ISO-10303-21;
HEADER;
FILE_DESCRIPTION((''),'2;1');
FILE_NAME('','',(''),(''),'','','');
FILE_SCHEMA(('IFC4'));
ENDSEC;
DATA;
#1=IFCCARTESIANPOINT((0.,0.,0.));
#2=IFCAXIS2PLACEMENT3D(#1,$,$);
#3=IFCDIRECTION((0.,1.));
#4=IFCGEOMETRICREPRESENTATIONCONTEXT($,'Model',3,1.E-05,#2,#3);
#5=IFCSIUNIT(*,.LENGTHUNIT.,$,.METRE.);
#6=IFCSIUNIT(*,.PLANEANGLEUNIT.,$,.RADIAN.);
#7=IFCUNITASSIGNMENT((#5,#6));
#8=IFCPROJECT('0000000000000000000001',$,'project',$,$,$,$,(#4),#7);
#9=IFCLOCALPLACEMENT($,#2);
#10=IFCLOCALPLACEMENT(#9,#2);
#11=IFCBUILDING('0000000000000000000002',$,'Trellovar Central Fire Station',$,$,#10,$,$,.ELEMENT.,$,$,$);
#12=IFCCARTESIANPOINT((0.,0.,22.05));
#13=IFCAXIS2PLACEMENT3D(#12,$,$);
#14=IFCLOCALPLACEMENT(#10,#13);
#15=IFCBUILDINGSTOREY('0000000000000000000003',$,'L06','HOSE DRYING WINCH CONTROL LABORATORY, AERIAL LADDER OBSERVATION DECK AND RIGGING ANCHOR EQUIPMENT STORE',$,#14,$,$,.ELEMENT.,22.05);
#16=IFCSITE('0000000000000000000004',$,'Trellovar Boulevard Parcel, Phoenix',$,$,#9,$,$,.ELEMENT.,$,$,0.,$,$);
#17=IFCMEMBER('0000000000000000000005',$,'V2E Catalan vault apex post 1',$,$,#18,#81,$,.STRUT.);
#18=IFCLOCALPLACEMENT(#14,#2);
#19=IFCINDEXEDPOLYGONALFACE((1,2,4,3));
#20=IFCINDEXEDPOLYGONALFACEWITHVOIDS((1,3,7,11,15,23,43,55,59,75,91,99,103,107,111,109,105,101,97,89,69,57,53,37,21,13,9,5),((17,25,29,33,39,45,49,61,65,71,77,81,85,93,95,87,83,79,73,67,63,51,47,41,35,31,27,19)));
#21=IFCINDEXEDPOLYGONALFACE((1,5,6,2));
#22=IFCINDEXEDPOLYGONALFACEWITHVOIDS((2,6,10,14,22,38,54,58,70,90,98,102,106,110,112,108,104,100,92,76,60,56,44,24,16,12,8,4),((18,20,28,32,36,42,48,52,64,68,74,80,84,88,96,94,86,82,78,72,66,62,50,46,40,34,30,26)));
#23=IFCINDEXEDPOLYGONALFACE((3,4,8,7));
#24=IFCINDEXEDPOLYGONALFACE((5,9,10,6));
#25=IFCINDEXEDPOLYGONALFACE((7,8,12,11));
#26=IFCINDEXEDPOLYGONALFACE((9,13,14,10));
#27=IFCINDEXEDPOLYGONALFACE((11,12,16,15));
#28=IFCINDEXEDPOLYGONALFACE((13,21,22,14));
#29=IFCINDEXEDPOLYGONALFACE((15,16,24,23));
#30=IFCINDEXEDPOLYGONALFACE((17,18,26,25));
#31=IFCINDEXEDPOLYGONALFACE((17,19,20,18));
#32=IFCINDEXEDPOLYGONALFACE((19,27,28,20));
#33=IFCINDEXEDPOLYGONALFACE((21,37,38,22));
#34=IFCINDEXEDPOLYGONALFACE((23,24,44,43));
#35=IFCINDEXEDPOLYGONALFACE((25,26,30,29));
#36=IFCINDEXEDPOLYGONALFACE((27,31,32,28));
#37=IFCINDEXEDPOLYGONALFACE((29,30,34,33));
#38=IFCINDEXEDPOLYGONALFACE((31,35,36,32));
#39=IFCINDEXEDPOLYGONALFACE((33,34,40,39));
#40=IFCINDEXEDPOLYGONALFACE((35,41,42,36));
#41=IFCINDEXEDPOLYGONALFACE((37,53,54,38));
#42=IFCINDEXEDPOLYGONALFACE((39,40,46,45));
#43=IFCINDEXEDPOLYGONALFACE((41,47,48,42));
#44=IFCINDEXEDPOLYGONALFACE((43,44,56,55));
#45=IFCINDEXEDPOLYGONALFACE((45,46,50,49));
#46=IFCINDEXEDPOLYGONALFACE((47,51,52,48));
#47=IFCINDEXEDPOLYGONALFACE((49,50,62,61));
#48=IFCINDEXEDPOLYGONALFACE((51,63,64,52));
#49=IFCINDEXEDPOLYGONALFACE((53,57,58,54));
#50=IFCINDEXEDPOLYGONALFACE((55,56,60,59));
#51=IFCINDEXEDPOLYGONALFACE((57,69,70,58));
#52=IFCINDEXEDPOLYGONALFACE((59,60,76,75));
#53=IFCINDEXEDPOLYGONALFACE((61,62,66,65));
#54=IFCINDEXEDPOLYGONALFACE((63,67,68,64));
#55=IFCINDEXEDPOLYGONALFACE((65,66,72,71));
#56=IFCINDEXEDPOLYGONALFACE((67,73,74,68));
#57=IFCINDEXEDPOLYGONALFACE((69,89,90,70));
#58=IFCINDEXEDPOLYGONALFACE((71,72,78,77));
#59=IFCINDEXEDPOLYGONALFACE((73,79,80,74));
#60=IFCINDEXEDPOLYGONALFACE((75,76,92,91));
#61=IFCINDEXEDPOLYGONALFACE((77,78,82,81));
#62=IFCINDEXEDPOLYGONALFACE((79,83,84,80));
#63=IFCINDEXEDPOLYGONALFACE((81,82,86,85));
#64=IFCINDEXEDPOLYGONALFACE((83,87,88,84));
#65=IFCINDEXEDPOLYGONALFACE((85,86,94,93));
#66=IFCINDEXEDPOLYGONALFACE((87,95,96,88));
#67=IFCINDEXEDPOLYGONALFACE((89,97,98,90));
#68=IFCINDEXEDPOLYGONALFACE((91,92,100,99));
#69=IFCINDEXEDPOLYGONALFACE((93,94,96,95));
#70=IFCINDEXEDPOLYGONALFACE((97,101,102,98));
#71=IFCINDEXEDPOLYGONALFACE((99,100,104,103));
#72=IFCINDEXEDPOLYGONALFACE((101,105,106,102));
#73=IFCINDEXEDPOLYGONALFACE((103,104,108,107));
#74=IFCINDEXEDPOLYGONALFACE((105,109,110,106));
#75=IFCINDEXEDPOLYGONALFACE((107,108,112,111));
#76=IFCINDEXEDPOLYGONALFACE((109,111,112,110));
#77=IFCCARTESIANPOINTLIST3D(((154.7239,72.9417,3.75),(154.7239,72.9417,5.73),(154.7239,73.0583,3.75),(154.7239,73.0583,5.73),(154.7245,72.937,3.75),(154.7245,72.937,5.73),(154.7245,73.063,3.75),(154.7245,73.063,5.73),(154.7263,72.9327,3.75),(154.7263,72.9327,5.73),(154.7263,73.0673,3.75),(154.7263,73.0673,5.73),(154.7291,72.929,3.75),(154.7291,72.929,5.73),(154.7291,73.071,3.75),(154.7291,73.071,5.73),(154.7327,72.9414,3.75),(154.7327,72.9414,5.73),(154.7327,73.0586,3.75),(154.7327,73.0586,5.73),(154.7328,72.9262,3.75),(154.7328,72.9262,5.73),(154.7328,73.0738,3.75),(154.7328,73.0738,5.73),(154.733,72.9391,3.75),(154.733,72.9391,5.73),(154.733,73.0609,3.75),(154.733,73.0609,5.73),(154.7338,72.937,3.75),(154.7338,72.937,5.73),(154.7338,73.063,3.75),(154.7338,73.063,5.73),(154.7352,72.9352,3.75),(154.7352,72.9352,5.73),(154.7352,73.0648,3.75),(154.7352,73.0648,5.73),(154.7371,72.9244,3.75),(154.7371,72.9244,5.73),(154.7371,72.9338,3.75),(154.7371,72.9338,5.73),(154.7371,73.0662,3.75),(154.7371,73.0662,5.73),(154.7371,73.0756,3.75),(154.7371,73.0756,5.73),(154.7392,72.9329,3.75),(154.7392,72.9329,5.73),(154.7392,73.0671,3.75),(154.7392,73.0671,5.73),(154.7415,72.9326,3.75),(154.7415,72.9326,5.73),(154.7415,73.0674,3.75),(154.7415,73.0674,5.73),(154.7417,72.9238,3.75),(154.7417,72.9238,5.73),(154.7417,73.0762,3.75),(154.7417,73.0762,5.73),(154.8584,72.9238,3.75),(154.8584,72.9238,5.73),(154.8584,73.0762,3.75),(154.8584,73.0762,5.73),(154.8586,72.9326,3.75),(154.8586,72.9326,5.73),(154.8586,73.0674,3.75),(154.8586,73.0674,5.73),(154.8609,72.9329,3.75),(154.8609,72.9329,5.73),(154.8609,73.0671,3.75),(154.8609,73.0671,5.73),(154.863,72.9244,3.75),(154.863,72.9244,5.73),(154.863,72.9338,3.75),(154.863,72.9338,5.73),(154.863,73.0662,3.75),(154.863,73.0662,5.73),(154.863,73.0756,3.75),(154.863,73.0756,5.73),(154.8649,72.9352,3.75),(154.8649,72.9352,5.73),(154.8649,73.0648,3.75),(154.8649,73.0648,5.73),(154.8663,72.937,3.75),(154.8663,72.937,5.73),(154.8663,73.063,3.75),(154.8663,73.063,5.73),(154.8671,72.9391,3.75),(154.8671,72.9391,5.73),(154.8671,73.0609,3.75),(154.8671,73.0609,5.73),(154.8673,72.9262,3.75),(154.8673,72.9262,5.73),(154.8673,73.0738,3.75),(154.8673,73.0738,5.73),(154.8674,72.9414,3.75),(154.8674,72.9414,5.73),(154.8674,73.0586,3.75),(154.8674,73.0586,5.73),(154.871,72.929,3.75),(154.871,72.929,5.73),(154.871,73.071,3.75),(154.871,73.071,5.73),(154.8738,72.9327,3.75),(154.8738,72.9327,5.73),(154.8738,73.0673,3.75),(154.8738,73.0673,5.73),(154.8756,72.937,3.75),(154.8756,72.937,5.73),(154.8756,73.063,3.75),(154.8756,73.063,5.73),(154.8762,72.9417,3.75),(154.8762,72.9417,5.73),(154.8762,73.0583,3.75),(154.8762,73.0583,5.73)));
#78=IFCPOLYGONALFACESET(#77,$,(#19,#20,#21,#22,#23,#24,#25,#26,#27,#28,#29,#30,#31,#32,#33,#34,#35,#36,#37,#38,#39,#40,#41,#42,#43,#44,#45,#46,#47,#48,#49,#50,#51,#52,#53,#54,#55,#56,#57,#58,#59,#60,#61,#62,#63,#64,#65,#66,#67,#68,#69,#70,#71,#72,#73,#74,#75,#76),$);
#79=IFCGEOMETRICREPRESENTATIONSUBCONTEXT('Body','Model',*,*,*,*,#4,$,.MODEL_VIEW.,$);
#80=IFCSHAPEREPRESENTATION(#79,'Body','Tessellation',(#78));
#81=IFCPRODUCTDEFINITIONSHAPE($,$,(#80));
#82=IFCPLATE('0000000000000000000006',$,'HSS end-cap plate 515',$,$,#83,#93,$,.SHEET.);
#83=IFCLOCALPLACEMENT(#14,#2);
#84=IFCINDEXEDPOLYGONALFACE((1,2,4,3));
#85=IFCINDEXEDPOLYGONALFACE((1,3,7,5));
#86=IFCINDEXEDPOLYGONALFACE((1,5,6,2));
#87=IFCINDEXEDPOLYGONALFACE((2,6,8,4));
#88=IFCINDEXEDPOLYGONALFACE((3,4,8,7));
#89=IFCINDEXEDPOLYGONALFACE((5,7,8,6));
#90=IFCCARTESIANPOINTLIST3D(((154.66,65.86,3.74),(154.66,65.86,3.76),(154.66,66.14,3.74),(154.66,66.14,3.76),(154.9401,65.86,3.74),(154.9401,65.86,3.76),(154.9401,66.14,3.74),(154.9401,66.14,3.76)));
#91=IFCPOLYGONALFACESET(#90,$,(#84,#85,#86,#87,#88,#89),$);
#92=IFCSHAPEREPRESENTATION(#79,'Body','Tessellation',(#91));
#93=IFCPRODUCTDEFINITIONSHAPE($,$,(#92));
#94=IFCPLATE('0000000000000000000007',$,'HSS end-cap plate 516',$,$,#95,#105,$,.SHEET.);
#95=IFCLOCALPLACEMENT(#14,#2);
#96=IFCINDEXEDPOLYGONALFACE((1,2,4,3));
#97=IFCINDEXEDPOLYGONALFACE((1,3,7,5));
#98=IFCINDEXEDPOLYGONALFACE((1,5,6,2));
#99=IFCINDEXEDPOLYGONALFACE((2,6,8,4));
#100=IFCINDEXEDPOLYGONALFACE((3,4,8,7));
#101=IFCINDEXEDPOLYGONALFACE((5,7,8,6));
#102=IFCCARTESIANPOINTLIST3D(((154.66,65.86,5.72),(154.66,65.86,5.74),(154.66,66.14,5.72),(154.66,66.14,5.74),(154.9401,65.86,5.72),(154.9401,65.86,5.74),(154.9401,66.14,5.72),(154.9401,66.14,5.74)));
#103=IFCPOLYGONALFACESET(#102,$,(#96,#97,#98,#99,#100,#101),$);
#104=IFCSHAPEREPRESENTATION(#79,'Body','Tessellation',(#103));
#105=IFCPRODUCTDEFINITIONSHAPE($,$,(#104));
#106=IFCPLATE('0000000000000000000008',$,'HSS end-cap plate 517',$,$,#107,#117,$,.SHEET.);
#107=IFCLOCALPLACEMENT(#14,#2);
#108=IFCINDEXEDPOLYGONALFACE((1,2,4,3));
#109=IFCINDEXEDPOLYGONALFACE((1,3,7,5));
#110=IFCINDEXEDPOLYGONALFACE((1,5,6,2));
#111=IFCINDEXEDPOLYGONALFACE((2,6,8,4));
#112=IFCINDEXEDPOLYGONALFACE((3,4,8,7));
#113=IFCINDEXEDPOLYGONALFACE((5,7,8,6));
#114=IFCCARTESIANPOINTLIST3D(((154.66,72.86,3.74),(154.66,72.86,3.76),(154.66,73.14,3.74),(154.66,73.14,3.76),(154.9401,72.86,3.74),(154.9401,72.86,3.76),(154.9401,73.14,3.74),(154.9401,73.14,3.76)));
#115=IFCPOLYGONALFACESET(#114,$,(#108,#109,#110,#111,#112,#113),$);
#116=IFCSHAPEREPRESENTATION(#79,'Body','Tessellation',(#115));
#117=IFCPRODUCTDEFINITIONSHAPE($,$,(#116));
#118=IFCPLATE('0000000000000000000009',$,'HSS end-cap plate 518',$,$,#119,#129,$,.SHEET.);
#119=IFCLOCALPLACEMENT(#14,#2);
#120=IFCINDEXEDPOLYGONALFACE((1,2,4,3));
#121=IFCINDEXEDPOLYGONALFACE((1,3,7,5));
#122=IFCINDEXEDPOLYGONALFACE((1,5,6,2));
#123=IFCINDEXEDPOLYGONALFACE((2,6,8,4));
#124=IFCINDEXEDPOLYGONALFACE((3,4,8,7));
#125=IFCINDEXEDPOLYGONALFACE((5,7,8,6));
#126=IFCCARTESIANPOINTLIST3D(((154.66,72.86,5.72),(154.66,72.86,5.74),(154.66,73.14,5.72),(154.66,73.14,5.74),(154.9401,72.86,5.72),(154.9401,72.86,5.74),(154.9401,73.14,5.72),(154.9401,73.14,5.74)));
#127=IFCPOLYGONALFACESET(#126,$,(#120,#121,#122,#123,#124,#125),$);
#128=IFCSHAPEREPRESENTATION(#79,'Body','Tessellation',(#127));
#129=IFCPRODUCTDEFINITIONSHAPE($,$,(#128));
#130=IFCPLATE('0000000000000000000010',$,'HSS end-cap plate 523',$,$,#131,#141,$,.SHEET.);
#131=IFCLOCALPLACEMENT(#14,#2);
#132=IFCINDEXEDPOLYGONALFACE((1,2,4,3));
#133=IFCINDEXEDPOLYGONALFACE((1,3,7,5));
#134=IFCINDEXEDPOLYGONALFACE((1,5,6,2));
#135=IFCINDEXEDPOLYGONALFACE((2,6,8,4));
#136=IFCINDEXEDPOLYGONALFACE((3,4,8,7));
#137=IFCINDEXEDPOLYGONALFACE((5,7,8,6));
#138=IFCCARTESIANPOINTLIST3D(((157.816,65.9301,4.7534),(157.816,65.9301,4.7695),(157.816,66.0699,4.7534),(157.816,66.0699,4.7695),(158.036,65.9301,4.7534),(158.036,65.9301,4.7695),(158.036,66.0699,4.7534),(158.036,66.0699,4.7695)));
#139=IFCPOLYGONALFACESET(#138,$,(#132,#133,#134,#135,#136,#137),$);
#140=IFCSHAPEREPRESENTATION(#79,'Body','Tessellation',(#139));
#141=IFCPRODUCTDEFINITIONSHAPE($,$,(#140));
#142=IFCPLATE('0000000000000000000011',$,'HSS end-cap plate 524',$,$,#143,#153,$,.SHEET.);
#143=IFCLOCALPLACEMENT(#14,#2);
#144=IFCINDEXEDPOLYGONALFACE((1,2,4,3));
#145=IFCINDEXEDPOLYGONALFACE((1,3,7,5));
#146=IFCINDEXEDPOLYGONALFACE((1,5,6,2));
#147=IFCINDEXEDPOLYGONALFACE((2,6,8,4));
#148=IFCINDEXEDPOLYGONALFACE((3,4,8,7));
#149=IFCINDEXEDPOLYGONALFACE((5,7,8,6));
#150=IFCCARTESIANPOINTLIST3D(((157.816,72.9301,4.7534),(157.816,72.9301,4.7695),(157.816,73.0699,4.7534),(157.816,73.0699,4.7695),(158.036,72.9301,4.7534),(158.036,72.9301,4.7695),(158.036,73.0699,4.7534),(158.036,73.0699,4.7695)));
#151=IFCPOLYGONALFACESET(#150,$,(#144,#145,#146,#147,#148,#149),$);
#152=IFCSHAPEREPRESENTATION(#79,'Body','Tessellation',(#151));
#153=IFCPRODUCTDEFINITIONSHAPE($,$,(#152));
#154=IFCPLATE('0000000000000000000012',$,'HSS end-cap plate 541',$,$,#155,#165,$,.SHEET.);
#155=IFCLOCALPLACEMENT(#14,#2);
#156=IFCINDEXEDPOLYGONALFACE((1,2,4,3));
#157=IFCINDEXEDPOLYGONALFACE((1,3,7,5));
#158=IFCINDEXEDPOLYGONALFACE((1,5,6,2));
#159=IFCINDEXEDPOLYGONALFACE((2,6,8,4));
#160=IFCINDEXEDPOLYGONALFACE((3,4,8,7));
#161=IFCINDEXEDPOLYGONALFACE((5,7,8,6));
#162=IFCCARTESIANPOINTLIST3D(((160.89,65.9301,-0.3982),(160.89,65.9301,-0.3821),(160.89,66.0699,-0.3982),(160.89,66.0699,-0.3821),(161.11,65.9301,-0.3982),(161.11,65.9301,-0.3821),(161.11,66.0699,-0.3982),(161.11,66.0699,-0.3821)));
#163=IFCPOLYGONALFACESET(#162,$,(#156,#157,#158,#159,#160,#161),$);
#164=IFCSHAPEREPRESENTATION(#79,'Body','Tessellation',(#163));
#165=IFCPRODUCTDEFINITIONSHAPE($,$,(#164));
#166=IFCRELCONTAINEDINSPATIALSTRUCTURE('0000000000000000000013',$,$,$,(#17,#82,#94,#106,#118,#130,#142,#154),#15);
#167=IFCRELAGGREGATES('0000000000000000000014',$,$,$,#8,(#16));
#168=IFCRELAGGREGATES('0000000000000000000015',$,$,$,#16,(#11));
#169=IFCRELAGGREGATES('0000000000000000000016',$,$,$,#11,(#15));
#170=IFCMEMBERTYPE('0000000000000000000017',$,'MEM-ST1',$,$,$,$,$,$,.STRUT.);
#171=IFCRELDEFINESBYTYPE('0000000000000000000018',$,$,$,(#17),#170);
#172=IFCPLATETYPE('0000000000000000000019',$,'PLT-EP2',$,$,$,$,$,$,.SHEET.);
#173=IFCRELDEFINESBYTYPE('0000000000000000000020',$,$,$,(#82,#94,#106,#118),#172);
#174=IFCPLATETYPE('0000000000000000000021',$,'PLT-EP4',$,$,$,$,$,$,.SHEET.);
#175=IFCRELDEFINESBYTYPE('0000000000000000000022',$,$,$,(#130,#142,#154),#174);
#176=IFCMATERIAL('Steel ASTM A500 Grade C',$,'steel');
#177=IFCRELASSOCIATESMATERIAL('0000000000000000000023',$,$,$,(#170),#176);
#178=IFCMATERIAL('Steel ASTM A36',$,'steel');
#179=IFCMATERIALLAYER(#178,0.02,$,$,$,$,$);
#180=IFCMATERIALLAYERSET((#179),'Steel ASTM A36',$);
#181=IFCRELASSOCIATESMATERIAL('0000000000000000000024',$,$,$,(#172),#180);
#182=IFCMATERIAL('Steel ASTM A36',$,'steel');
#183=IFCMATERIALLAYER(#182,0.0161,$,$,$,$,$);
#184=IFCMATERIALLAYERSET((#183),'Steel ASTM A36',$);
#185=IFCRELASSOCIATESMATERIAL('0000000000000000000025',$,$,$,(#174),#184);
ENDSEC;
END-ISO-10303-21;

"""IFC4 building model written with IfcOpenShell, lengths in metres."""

from ifc_helpers import new_model, si_unit, direction, frame, origin, origin_2d, place, context, subcontext, project, spatial, rectangle, hollow_rectangle, extrude, material, layer, layer_set, material_profile, profile_set, type_object, element, save


model = new_model("IFC4")

# Units and contexts
model_context = context("Model", 3, precision=1e-05, world=origin(), true_north=direction((0.0, 1.0)))
body_context = subcontext(model_context, "Body", "Model", "MODEL_VIEW")
ifc_project = project(units=[si_unit("LENGTHUNIT", "METRE"), si_unit("PLANEANGLEUNIT", "RADIAN")], contexts=[model_context])

# Site, building, storey
site_placement = place(None, origin())
site = spatial("IfcSite", under=ifc_project, at=site_placement, Name="Trellovar Boulevard Parcel, Phoenix", CompositionType="ELEMENT", RefElevation=0.0)
building_placement = place(site_placement, origin())
building = spatial("IfcBuilding", under=site, at=building_placement, Name="Trellovar Central Fire Station", CompositionType="ELEMENT")
storey_placement = place(building_placement, frame((0.0, 0.0, 22.05)))
storey = spatial("IfcBuildingStorey", under=building, at=storey_placement, Name="L06", Description="HOSE DRYING WINCH CONTROL LABORATORY, AERIAL LADDER OBSERVATION DECK AND RIGGING ANCHOR EQUIPMENT STORE", CompositionType="ELEMENT", Elevation=22.05)

# Member
ifc_material_1 = material(Name="Steel ASTM A500 Grade C", Category="steel")
ifc_material_profile_1 = material_profile(ifc_material_1, hollow_rectangle(XDim=0.1523, YDim=0.1523, WallThickness=0.0088, InnerFilletRadius=0.0088, OuterFilletRadius=0.0178, at=origin_2d()), Name="HSS6X6X3/8")
ifc_profile_set_1 = profile_set([ifc_material_profile_1], Name="Steel ASTM A500 Grade C")
member_type_1 = type_object("IfcMemberType", Name="MEM-ST1", PredefinedType="STRUT", material=ifc_profile_set_1)
for number, where, z_axis, x_axis, name in (
    (1, (154.8, 73.0, 3.75), (0.0, 0.0, 1.0), (1.0, 0.0, 0.0), "V2E Catalan vault apex post 1"),
):
    element("IfcMember", number, at=place(storey_placement, frame(where, z_axis=z_axis, x_axis=x_axis)), inside=storey, type_object=member_type_1, Name=name, PredefinedType="STRUT", context=body_context, shape_type="SweptSolid", body=[
        extrude(hollow_rectangle(XDim=0.1523, YDim=0.1523, WallThickness=0.0088, InnerFilletRadius=0.0088, OuterFilletRadius=0.0178, at=origin_2d()), origin(), (0.0, 0.0, 1.0), 1.98),
    ])

# Plates
ifc_material_2 = material(Name="Steel ASTM A36", Category="steel")
ifc_layer_1 = layer(ifc_material_2, 0.02)
ifc_layer_set_1 = layer_set([ifc_layer_1], Name="Steel ASTM A36")
plate_type_1 = type_object("IfcPlateType", Name="PLT-EP2", PredefinedType="SHEET", material=ifc_layer_set_1)
for number, where, z_axis, x_axis, name in (
    (2, (154.8, 66.0, 3.74), (0.0, 0.0, 1.0), (1.0, 0.0, 0.0), "HSS end-cap plate 515"),
    (3, (154.8, 66.0, 5.72), (0.0, 0.0, 1.0), (1.0, 0.0, 0.0), "HSS end-cap plate 516"),
    (4, (154.8, 73.0, 3.74), (0.0, 0.0, 1.0), (1.0, 0.0, 0.0), "HSS end-cap plate 517"),
    (5, (154.8, 73.0, 5.72), (0.0, 0.0, 1.0), (1.0, 0.0, 0.0), "HSS end-cap plate 518"),
):
    element("IfcPlate", number, at=place(storey_placement, frame(where, z_axis=z_axis, x_axis=x_axis)), inside=storey, type_object=plate_type_1, Name=name, PredefinedType="SHEET", context=body_context, shape_type="SweptSolid", body=[
        extrude(rectangle(XDim=0.28, YDim=0.28, at=origin_2d()), origin(), (0.0, 0.0, 1.0), 0.02),
    ])
ifc_material_3 = material(Name="Steel ASTM A36", Category="steel")
ifc_layer_2 = layer(ifc_material_3, 0.0161)
ifc_layer_set_2 = layer_set([ifc_layer_2], Name="Steel ASTM A36")
plate_type_2 = type_object("IfcPlateType", Name="PLT-EP4", PredefinedType="SHEET", material=ifc_layer_set_2)
for number, where, z_axis, x_axis, name in (
    (6, (157.926, 66.0, 4.7534), (0.0, 0.0, 1.0), (1.0, 0.0, 0.0), "HSS end-cap plate 523"),
    (7, (157.926, 73.0, 4.7534), (0.0, 0.0, 1.0), (1.0, 0.0, 0.0), "HSS end-cap plate 524"),
    (8, (161.0, 66.0, -0.3982), (0.0, 0.0, 1.0), (1.0, 0.0, 0.0), "HSS end-cap plate 541"),
):
    element("IfcPlate", number, at=place(storey_placement, frame(where, z_axis=z_axis, x_axis=x_axis)), inside=storey, type_object=plate_type_2, Name=name, PredefinedType="SHEET", context=body_context, shape_type="SweptSolid", body=[
        extrude(rectangle(XDim=0.22, YDim=0.1399, at=origin_2d()), origin(), (0.0, 0.0, 1.0), 0.0161),
    ])

save(model, "model.ifc")
